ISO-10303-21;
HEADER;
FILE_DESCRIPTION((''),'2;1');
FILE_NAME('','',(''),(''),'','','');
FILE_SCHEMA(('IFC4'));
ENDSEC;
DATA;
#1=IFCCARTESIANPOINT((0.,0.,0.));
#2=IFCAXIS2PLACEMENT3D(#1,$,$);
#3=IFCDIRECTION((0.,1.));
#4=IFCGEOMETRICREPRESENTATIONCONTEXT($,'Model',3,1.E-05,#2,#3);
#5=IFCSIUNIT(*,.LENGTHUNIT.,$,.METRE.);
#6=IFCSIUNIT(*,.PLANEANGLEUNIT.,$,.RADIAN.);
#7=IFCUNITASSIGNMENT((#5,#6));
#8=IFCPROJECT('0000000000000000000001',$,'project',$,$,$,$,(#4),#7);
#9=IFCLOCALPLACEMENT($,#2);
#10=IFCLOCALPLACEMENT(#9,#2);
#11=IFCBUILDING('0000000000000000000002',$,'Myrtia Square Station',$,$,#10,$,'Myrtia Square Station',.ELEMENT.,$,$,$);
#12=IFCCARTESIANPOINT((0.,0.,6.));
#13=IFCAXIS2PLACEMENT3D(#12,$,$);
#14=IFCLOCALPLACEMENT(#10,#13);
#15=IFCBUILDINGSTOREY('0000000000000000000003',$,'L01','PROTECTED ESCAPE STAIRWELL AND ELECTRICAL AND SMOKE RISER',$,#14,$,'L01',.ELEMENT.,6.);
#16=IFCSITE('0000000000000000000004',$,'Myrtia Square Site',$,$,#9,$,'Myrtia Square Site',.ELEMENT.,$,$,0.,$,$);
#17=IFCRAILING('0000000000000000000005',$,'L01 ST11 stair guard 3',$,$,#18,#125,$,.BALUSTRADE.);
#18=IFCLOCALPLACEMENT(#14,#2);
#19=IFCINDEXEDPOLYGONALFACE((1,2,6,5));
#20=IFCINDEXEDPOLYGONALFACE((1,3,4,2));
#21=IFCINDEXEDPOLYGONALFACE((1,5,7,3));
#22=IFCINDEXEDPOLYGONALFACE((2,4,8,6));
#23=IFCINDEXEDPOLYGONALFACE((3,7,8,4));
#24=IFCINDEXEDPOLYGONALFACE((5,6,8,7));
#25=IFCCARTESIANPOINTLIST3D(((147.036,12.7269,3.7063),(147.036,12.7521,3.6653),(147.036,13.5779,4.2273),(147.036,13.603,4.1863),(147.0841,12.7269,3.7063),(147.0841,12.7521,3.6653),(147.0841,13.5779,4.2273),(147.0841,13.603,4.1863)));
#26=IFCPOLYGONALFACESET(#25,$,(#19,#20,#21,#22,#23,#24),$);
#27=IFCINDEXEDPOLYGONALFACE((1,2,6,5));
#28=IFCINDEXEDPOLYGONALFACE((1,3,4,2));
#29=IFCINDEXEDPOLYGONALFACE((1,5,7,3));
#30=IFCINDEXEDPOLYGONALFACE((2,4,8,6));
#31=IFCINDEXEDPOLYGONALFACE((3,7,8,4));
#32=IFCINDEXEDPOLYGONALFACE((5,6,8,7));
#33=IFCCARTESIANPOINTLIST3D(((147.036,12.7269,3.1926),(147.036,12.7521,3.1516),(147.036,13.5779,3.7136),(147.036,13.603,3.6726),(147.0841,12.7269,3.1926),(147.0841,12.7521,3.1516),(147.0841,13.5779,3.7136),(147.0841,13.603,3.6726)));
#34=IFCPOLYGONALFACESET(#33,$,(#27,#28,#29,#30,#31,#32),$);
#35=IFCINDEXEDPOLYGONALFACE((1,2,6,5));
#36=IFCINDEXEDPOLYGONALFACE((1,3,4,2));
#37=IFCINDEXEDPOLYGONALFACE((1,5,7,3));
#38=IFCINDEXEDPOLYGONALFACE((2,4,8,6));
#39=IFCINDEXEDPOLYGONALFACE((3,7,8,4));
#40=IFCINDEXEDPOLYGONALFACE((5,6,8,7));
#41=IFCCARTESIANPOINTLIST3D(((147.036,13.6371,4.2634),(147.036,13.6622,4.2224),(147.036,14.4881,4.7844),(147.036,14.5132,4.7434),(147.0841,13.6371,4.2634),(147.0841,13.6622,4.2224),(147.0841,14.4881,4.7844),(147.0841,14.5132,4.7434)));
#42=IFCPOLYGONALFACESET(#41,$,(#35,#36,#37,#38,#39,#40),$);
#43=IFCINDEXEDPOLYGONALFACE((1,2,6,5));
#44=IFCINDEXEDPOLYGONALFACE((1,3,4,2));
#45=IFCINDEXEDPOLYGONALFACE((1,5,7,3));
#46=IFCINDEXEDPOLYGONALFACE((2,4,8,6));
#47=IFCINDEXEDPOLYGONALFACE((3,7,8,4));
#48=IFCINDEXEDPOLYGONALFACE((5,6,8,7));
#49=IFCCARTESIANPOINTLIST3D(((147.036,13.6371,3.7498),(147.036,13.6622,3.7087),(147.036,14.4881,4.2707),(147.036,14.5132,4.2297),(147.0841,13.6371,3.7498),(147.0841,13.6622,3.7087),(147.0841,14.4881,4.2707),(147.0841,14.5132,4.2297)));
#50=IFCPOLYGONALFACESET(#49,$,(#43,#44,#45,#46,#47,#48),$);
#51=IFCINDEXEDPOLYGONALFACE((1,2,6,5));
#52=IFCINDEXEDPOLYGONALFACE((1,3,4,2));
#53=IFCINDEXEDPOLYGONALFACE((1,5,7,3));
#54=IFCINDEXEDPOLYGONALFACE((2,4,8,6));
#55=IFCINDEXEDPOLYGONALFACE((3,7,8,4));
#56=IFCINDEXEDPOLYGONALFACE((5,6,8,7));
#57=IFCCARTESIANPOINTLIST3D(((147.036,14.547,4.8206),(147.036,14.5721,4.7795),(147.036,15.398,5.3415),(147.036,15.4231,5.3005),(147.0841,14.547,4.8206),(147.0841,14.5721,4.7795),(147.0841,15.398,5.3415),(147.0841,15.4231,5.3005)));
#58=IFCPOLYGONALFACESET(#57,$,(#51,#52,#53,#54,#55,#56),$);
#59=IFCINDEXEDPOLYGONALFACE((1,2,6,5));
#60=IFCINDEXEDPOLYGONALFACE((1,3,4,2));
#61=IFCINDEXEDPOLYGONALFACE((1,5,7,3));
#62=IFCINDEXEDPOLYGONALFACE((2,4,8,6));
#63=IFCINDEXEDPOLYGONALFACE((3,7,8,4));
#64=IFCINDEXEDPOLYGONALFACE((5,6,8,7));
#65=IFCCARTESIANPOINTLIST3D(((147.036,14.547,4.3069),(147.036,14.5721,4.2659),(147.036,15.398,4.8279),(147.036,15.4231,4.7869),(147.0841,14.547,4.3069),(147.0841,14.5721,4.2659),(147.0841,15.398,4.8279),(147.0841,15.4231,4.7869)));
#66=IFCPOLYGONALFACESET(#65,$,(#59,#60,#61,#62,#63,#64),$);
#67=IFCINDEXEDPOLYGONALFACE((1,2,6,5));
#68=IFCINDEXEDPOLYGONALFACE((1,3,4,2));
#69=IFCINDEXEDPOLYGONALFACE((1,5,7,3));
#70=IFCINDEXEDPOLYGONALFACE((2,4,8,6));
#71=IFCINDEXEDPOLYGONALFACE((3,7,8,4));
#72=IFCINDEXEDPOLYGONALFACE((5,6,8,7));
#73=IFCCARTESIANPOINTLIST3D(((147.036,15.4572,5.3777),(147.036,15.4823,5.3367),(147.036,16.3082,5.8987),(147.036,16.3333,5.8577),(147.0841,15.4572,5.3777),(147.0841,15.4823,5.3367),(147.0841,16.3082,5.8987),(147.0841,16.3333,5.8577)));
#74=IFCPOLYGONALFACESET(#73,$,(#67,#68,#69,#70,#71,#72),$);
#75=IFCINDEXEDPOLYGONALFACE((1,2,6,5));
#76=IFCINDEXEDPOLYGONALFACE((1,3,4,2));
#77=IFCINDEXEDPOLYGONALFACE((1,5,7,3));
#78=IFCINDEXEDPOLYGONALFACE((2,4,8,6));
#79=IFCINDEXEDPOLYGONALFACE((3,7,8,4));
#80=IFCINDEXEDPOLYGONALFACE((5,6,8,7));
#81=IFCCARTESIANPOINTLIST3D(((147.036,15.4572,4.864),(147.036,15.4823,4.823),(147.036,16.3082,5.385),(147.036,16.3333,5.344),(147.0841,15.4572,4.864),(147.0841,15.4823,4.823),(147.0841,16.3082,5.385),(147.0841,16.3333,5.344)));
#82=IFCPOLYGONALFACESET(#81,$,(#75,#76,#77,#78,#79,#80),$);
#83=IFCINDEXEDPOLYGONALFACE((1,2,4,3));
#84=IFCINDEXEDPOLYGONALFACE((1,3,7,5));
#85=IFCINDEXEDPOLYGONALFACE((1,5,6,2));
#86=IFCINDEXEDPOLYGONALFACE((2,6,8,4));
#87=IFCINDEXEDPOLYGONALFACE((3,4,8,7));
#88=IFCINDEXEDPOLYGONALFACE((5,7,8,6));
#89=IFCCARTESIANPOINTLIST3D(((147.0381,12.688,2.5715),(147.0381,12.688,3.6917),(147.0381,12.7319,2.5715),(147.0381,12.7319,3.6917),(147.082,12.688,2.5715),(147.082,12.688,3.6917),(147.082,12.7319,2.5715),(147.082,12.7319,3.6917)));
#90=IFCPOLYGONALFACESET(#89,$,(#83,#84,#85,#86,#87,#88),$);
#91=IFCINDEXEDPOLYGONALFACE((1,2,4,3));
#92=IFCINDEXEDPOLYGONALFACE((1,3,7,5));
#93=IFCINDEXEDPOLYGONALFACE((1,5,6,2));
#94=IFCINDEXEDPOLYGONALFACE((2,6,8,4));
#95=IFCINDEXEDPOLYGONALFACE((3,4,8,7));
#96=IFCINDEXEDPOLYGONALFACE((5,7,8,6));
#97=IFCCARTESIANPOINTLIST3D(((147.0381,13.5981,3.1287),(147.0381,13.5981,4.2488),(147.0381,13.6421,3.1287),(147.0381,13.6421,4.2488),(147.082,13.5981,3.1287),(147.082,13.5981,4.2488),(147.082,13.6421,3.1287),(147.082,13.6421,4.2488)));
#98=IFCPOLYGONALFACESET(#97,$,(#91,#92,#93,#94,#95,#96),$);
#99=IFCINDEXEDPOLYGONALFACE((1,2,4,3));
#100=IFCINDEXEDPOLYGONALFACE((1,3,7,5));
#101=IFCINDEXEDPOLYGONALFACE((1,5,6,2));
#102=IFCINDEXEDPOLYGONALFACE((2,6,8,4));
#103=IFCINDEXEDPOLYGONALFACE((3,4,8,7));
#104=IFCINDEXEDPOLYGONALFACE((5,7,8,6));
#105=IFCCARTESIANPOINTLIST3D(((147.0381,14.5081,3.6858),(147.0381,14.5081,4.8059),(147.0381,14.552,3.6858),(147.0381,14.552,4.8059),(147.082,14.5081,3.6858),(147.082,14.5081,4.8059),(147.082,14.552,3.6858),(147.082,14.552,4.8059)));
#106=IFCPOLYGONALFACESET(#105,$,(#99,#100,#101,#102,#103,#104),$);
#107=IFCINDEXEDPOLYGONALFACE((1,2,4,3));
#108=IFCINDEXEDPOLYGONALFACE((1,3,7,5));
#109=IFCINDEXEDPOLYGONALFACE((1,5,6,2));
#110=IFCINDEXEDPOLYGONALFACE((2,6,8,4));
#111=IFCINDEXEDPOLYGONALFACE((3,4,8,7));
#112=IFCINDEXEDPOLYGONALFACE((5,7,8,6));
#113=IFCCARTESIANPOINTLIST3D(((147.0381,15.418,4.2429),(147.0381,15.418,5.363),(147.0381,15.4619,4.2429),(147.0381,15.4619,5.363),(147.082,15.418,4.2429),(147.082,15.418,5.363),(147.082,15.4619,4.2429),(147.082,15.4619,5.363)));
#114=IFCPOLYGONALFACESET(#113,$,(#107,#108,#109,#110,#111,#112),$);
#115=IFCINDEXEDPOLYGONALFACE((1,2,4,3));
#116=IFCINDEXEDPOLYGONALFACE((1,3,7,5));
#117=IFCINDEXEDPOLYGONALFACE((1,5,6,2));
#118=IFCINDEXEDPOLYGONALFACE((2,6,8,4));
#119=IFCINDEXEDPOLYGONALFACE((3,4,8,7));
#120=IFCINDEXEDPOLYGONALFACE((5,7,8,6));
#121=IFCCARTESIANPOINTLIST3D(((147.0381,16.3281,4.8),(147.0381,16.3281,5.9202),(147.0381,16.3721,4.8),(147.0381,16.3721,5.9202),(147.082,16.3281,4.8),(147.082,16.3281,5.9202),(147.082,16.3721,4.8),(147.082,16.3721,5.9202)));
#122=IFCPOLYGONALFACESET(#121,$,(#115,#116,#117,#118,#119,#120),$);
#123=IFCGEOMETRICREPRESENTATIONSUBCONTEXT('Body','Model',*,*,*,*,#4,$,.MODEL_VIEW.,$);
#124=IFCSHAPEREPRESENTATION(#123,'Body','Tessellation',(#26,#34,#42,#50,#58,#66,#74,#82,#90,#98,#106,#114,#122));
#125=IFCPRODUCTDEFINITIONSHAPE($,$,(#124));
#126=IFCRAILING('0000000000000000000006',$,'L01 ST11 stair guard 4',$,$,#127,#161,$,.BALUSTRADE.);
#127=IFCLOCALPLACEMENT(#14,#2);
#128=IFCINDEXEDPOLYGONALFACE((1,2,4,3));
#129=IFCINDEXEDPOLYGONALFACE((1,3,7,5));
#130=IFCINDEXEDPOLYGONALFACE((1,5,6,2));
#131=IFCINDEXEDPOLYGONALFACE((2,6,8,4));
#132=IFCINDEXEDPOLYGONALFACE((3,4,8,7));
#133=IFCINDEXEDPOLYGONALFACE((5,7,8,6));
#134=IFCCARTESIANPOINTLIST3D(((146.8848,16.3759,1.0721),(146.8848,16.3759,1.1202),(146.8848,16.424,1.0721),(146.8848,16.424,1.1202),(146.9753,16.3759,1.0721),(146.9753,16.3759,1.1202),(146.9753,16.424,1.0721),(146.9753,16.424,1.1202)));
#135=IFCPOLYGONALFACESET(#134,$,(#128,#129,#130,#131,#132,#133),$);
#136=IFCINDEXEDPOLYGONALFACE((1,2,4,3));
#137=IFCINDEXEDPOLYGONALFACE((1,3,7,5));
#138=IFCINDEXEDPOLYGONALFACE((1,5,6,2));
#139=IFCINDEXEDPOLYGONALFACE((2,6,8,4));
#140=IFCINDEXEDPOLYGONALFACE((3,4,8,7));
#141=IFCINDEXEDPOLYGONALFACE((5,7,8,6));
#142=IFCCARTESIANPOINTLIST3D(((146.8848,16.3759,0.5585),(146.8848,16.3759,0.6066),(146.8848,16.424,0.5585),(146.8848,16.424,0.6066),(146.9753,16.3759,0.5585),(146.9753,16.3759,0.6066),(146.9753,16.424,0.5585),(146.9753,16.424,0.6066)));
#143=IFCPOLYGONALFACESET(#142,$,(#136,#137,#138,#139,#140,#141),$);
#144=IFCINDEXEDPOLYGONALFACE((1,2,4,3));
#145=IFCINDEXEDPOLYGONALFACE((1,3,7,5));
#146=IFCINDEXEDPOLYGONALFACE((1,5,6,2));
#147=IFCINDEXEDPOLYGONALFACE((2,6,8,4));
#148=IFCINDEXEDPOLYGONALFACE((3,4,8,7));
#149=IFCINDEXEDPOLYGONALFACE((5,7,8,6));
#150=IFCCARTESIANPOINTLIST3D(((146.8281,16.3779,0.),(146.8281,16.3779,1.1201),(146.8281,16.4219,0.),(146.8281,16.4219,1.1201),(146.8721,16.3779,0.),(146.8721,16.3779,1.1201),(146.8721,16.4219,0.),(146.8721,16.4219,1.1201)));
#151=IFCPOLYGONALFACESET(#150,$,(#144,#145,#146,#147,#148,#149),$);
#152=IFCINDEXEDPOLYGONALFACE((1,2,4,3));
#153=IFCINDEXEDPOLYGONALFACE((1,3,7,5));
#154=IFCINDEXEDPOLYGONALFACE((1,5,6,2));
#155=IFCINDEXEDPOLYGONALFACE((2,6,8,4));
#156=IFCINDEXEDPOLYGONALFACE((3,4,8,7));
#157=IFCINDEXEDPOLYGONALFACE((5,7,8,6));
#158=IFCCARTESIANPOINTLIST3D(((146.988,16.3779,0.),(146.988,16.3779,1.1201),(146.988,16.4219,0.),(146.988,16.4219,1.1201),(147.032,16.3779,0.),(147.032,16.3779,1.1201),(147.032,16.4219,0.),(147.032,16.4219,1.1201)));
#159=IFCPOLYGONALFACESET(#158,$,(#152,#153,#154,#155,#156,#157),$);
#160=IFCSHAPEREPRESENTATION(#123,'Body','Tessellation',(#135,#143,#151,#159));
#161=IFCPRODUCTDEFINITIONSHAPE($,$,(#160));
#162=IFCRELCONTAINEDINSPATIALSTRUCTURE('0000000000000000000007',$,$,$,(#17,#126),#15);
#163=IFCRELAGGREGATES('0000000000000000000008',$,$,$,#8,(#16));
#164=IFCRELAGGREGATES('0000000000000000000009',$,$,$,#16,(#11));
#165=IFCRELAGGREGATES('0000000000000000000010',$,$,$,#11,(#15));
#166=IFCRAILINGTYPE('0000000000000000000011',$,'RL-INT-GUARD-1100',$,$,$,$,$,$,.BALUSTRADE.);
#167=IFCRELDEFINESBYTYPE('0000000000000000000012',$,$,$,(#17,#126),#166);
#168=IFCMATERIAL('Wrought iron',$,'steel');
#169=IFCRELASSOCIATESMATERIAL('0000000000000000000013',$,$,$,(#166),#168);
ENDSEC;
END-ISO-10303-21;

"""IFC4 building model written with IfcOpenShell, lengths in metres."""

from ifc_helpers import new_model, si_unit, direction, frame, origin, origin_2d, place, context, subcontext, project, spatial, rectangle, extrude, material, type_object, element, save


model = new_model("IFC4")

# Units and contexts
model_context = context("Model", 3, precision=1e-05, world=origin(), true_north=direction((0.0, 1.0)))
body_context = subcontext(model_context, "Body", "Model", "MODEL_VIEW")
ifc_project = project(units=[si_unit("LENGTHUNIT", "METRE"), si_unit("PLANEANGLEUNIT", "RADIAN")], contexts=[model_context])

# Site, building, storey
site_placement = place(None, origin())
site = spatial("IfcSite", under=ifc_project, at=site_placement, Name="Myrtia Square Site", LongName="Myrtia Square Site", CompositionType="ELEMENT", RefElevation=0.0)
building_placement = place(site_placement, origin())
building = spatial("IfcBuilding", under=site, at=building_placement, Name="Myrtia Square Station", LongName="Myrtia Square Station", CompositionType="ELEMENT")
storey_placement = place(building_placement, frame((0.0, 0.0, 6.0)))
storey = spatial("IfcBuildingStorey", under=building, at=storey_placement, Name="L01", Description="PROTECTED ESCAPE STAIRWELL AND ELECTRICAL AND SMOKE RISER", LongName="L01", CompositionType="ELEMENT", Elevation=6.0)

# Railings
ifc_material_1 = material(Name="Wrought iron", Category="steel")
railing_type_1 = type_object("IfcRailingType", Name="RL-INT-GUARD-1100", PredefinedType="BALUSTRADE", material=ifc_material_1)
railing_1_placement = place(storey_placement, frame((147.0601, 12.71, 2.5715)))
element("IfcRailing", 1, at=railing_1_placement, inside=storey, type_object=railing_type_1, Name="L01 ST11 stair guard 3", PredefinedType="BALUSTRADE", context=body_context, shape_type="SweptSolid", body=[
    extrude(rectangle(XDim=0.0481, YDim=0.0481, at=origin_2d()), frame((0.0, 0.0295, 1.1143), z_axis=(0.0, 0.852866, 0.52213), x_axis=(-1.0, 0.0, 0.0)), (0.0, 0.0, 1.0), 0.9978),
    extrude(rectangle(XDim=0.0481, YDim=0.0481, at=origin_2d()), frame((0.0, 0.0295, 0.6006), z_axis=(0.0, 0.852866, 0.52213), x_axis=(-1.0, 0.0, 0.0)), (0.0, 0.0, 1.0), 0.9978),
    extrude(rectangle(XDim=0.0481, YDim=0.0481, at=origin_2d()), frame((0.0, 0.9397, 1.6714), z_axis=(0.0, 0.852866, 0.52213), x_axis=(-1.0, 0.0, 0.0)), (0.0, 0.0, 1.0), 0.9978),
    extrude(rectangle(XDim=0.0481, YDim=0.0481, at=origin_2d()), frame((0.0, 0.9397, 1.1577), z_axis=(0.0, 0.852866, 0.52213), x_axis=(-1.0, 0.0, 0.0)), (0.0, 0.0, 1.0), 0.9978),
    extrude(rectangle(XDim=0.0481, YDim=0.0481, at=origin_2d()), frame((0.0, 1.8496, 2.2285), z_axis=(0.0, 0.852866, 0.52213), x_axis=(-1.0, 0.0, 0.0)), (0.0, 0.0, 1.0), 0.9978),
    extrude(rectangle(XDim=0.0481, YDim=0.0481, at=origin_2d()), frame((0.0, 1.8496, 1.7148), z_axis=(0.0, 0.852866, 0.52213), x_axis=(-1.0, 0.0, 0.0)), (0.0, 0.0, 1.0), 0.9978),
    extrude(rectangle(XDim=0.0481, YDim=0.0481, at=origin_2d()), frame((0.0, 2.7598, 2.7856), z_axis=(0.0, 0.852866, 0.52213), x_axis=(-1.0, 0.0, 0.0)), (0.0, 0.0, 1.0), 0.9978),
    extrude(rectangle(XDim=0.0481, YDim=0.0481, at=origin_2d()), frame((0.0, 2.7598, 2.272), z_axis=(0.0, 0.852866, 0.52213), x_axis=(-1.0, 0.0, 0.0)), (0.0, 0.0, 1.0), 0.9978),
    extrude(rectangle(XDim=0.0439, YDim=0.0439, at=origin_2d()), origin(), (0.0, 0.0, 1.0), 1.1201),
    extrude(rectangle(XDim=0.0439, YDim=0.0439, at=origin_2d()), frame((0.0, 0.9102, 0.5571)), (0.0, 0.0, 1.0), 1.1201),
    extrude(rectangle(XDim=0.0439, YDim=0.0439, at=origin_2d()), frame((0.0, 1.8201, 1.1143)), (0.0, 0.0, 1.0), 1.1201),
    extrude(rectangle(XDim=0.0439, YDim=0.0439, at=origin_2d()), frame((0.0, 2.73, 1.6714)), (0.0, 0.0, 1.0), 1.1201),
    extrude(rectangle(XDim=0.0439, YDim=0.0439, at=origin_2d()), frame((0.0, 3.6401, 2.2285)), (0.0, 0.0, 1.0), 1.1201),
])
railing_2_placement = place(storey_placement, frame((146.8501, 16.3999, 0.0)))
element("IfcRailing", 2, at=railing_2_placement, inside=storey, type_object=railing_type_1, Name="L01 ST11 stair guard 4", PredefinedType="BALUSTRADE", context=body_context, shape_type="SweptSolid", body=[
    extrude(rectangle(XDim=0.0481, YDim=0.0481, at=origin_2d()), frame((0.0347, 0.0, 1.0962), z_axis=(1.0, 0.0, 0.0), x_axis=(0.0, 1.0, 0.0)), (0.0, 0.0, 1.0), 0.0906),
    extrude(rectangle(XDim=0.0481, YDim=0.0481, at=origin_2d()), frame((0.0347, 0.0, 0.5825), z_axis=(1.0, 0.0, 0.0), x_axis=(0.0, 1.0, 0.0)), (0.0, 0.0, 1.0), 0.0906),
    extrude(rectangle(XDim=0.0439, YDim=0.0439, at=origin_2d()), origin(), (0.0, 0.0, 1.0), 1.1201),
    extrude(rectangle(XDim=0.0439, YDim=0.0439, at=origin_2d()), frame((0.1599, 0.0, 0.0)), (0.0, 0.0, 1.0), 1.1201),
])

save(model, "model.ifc")
